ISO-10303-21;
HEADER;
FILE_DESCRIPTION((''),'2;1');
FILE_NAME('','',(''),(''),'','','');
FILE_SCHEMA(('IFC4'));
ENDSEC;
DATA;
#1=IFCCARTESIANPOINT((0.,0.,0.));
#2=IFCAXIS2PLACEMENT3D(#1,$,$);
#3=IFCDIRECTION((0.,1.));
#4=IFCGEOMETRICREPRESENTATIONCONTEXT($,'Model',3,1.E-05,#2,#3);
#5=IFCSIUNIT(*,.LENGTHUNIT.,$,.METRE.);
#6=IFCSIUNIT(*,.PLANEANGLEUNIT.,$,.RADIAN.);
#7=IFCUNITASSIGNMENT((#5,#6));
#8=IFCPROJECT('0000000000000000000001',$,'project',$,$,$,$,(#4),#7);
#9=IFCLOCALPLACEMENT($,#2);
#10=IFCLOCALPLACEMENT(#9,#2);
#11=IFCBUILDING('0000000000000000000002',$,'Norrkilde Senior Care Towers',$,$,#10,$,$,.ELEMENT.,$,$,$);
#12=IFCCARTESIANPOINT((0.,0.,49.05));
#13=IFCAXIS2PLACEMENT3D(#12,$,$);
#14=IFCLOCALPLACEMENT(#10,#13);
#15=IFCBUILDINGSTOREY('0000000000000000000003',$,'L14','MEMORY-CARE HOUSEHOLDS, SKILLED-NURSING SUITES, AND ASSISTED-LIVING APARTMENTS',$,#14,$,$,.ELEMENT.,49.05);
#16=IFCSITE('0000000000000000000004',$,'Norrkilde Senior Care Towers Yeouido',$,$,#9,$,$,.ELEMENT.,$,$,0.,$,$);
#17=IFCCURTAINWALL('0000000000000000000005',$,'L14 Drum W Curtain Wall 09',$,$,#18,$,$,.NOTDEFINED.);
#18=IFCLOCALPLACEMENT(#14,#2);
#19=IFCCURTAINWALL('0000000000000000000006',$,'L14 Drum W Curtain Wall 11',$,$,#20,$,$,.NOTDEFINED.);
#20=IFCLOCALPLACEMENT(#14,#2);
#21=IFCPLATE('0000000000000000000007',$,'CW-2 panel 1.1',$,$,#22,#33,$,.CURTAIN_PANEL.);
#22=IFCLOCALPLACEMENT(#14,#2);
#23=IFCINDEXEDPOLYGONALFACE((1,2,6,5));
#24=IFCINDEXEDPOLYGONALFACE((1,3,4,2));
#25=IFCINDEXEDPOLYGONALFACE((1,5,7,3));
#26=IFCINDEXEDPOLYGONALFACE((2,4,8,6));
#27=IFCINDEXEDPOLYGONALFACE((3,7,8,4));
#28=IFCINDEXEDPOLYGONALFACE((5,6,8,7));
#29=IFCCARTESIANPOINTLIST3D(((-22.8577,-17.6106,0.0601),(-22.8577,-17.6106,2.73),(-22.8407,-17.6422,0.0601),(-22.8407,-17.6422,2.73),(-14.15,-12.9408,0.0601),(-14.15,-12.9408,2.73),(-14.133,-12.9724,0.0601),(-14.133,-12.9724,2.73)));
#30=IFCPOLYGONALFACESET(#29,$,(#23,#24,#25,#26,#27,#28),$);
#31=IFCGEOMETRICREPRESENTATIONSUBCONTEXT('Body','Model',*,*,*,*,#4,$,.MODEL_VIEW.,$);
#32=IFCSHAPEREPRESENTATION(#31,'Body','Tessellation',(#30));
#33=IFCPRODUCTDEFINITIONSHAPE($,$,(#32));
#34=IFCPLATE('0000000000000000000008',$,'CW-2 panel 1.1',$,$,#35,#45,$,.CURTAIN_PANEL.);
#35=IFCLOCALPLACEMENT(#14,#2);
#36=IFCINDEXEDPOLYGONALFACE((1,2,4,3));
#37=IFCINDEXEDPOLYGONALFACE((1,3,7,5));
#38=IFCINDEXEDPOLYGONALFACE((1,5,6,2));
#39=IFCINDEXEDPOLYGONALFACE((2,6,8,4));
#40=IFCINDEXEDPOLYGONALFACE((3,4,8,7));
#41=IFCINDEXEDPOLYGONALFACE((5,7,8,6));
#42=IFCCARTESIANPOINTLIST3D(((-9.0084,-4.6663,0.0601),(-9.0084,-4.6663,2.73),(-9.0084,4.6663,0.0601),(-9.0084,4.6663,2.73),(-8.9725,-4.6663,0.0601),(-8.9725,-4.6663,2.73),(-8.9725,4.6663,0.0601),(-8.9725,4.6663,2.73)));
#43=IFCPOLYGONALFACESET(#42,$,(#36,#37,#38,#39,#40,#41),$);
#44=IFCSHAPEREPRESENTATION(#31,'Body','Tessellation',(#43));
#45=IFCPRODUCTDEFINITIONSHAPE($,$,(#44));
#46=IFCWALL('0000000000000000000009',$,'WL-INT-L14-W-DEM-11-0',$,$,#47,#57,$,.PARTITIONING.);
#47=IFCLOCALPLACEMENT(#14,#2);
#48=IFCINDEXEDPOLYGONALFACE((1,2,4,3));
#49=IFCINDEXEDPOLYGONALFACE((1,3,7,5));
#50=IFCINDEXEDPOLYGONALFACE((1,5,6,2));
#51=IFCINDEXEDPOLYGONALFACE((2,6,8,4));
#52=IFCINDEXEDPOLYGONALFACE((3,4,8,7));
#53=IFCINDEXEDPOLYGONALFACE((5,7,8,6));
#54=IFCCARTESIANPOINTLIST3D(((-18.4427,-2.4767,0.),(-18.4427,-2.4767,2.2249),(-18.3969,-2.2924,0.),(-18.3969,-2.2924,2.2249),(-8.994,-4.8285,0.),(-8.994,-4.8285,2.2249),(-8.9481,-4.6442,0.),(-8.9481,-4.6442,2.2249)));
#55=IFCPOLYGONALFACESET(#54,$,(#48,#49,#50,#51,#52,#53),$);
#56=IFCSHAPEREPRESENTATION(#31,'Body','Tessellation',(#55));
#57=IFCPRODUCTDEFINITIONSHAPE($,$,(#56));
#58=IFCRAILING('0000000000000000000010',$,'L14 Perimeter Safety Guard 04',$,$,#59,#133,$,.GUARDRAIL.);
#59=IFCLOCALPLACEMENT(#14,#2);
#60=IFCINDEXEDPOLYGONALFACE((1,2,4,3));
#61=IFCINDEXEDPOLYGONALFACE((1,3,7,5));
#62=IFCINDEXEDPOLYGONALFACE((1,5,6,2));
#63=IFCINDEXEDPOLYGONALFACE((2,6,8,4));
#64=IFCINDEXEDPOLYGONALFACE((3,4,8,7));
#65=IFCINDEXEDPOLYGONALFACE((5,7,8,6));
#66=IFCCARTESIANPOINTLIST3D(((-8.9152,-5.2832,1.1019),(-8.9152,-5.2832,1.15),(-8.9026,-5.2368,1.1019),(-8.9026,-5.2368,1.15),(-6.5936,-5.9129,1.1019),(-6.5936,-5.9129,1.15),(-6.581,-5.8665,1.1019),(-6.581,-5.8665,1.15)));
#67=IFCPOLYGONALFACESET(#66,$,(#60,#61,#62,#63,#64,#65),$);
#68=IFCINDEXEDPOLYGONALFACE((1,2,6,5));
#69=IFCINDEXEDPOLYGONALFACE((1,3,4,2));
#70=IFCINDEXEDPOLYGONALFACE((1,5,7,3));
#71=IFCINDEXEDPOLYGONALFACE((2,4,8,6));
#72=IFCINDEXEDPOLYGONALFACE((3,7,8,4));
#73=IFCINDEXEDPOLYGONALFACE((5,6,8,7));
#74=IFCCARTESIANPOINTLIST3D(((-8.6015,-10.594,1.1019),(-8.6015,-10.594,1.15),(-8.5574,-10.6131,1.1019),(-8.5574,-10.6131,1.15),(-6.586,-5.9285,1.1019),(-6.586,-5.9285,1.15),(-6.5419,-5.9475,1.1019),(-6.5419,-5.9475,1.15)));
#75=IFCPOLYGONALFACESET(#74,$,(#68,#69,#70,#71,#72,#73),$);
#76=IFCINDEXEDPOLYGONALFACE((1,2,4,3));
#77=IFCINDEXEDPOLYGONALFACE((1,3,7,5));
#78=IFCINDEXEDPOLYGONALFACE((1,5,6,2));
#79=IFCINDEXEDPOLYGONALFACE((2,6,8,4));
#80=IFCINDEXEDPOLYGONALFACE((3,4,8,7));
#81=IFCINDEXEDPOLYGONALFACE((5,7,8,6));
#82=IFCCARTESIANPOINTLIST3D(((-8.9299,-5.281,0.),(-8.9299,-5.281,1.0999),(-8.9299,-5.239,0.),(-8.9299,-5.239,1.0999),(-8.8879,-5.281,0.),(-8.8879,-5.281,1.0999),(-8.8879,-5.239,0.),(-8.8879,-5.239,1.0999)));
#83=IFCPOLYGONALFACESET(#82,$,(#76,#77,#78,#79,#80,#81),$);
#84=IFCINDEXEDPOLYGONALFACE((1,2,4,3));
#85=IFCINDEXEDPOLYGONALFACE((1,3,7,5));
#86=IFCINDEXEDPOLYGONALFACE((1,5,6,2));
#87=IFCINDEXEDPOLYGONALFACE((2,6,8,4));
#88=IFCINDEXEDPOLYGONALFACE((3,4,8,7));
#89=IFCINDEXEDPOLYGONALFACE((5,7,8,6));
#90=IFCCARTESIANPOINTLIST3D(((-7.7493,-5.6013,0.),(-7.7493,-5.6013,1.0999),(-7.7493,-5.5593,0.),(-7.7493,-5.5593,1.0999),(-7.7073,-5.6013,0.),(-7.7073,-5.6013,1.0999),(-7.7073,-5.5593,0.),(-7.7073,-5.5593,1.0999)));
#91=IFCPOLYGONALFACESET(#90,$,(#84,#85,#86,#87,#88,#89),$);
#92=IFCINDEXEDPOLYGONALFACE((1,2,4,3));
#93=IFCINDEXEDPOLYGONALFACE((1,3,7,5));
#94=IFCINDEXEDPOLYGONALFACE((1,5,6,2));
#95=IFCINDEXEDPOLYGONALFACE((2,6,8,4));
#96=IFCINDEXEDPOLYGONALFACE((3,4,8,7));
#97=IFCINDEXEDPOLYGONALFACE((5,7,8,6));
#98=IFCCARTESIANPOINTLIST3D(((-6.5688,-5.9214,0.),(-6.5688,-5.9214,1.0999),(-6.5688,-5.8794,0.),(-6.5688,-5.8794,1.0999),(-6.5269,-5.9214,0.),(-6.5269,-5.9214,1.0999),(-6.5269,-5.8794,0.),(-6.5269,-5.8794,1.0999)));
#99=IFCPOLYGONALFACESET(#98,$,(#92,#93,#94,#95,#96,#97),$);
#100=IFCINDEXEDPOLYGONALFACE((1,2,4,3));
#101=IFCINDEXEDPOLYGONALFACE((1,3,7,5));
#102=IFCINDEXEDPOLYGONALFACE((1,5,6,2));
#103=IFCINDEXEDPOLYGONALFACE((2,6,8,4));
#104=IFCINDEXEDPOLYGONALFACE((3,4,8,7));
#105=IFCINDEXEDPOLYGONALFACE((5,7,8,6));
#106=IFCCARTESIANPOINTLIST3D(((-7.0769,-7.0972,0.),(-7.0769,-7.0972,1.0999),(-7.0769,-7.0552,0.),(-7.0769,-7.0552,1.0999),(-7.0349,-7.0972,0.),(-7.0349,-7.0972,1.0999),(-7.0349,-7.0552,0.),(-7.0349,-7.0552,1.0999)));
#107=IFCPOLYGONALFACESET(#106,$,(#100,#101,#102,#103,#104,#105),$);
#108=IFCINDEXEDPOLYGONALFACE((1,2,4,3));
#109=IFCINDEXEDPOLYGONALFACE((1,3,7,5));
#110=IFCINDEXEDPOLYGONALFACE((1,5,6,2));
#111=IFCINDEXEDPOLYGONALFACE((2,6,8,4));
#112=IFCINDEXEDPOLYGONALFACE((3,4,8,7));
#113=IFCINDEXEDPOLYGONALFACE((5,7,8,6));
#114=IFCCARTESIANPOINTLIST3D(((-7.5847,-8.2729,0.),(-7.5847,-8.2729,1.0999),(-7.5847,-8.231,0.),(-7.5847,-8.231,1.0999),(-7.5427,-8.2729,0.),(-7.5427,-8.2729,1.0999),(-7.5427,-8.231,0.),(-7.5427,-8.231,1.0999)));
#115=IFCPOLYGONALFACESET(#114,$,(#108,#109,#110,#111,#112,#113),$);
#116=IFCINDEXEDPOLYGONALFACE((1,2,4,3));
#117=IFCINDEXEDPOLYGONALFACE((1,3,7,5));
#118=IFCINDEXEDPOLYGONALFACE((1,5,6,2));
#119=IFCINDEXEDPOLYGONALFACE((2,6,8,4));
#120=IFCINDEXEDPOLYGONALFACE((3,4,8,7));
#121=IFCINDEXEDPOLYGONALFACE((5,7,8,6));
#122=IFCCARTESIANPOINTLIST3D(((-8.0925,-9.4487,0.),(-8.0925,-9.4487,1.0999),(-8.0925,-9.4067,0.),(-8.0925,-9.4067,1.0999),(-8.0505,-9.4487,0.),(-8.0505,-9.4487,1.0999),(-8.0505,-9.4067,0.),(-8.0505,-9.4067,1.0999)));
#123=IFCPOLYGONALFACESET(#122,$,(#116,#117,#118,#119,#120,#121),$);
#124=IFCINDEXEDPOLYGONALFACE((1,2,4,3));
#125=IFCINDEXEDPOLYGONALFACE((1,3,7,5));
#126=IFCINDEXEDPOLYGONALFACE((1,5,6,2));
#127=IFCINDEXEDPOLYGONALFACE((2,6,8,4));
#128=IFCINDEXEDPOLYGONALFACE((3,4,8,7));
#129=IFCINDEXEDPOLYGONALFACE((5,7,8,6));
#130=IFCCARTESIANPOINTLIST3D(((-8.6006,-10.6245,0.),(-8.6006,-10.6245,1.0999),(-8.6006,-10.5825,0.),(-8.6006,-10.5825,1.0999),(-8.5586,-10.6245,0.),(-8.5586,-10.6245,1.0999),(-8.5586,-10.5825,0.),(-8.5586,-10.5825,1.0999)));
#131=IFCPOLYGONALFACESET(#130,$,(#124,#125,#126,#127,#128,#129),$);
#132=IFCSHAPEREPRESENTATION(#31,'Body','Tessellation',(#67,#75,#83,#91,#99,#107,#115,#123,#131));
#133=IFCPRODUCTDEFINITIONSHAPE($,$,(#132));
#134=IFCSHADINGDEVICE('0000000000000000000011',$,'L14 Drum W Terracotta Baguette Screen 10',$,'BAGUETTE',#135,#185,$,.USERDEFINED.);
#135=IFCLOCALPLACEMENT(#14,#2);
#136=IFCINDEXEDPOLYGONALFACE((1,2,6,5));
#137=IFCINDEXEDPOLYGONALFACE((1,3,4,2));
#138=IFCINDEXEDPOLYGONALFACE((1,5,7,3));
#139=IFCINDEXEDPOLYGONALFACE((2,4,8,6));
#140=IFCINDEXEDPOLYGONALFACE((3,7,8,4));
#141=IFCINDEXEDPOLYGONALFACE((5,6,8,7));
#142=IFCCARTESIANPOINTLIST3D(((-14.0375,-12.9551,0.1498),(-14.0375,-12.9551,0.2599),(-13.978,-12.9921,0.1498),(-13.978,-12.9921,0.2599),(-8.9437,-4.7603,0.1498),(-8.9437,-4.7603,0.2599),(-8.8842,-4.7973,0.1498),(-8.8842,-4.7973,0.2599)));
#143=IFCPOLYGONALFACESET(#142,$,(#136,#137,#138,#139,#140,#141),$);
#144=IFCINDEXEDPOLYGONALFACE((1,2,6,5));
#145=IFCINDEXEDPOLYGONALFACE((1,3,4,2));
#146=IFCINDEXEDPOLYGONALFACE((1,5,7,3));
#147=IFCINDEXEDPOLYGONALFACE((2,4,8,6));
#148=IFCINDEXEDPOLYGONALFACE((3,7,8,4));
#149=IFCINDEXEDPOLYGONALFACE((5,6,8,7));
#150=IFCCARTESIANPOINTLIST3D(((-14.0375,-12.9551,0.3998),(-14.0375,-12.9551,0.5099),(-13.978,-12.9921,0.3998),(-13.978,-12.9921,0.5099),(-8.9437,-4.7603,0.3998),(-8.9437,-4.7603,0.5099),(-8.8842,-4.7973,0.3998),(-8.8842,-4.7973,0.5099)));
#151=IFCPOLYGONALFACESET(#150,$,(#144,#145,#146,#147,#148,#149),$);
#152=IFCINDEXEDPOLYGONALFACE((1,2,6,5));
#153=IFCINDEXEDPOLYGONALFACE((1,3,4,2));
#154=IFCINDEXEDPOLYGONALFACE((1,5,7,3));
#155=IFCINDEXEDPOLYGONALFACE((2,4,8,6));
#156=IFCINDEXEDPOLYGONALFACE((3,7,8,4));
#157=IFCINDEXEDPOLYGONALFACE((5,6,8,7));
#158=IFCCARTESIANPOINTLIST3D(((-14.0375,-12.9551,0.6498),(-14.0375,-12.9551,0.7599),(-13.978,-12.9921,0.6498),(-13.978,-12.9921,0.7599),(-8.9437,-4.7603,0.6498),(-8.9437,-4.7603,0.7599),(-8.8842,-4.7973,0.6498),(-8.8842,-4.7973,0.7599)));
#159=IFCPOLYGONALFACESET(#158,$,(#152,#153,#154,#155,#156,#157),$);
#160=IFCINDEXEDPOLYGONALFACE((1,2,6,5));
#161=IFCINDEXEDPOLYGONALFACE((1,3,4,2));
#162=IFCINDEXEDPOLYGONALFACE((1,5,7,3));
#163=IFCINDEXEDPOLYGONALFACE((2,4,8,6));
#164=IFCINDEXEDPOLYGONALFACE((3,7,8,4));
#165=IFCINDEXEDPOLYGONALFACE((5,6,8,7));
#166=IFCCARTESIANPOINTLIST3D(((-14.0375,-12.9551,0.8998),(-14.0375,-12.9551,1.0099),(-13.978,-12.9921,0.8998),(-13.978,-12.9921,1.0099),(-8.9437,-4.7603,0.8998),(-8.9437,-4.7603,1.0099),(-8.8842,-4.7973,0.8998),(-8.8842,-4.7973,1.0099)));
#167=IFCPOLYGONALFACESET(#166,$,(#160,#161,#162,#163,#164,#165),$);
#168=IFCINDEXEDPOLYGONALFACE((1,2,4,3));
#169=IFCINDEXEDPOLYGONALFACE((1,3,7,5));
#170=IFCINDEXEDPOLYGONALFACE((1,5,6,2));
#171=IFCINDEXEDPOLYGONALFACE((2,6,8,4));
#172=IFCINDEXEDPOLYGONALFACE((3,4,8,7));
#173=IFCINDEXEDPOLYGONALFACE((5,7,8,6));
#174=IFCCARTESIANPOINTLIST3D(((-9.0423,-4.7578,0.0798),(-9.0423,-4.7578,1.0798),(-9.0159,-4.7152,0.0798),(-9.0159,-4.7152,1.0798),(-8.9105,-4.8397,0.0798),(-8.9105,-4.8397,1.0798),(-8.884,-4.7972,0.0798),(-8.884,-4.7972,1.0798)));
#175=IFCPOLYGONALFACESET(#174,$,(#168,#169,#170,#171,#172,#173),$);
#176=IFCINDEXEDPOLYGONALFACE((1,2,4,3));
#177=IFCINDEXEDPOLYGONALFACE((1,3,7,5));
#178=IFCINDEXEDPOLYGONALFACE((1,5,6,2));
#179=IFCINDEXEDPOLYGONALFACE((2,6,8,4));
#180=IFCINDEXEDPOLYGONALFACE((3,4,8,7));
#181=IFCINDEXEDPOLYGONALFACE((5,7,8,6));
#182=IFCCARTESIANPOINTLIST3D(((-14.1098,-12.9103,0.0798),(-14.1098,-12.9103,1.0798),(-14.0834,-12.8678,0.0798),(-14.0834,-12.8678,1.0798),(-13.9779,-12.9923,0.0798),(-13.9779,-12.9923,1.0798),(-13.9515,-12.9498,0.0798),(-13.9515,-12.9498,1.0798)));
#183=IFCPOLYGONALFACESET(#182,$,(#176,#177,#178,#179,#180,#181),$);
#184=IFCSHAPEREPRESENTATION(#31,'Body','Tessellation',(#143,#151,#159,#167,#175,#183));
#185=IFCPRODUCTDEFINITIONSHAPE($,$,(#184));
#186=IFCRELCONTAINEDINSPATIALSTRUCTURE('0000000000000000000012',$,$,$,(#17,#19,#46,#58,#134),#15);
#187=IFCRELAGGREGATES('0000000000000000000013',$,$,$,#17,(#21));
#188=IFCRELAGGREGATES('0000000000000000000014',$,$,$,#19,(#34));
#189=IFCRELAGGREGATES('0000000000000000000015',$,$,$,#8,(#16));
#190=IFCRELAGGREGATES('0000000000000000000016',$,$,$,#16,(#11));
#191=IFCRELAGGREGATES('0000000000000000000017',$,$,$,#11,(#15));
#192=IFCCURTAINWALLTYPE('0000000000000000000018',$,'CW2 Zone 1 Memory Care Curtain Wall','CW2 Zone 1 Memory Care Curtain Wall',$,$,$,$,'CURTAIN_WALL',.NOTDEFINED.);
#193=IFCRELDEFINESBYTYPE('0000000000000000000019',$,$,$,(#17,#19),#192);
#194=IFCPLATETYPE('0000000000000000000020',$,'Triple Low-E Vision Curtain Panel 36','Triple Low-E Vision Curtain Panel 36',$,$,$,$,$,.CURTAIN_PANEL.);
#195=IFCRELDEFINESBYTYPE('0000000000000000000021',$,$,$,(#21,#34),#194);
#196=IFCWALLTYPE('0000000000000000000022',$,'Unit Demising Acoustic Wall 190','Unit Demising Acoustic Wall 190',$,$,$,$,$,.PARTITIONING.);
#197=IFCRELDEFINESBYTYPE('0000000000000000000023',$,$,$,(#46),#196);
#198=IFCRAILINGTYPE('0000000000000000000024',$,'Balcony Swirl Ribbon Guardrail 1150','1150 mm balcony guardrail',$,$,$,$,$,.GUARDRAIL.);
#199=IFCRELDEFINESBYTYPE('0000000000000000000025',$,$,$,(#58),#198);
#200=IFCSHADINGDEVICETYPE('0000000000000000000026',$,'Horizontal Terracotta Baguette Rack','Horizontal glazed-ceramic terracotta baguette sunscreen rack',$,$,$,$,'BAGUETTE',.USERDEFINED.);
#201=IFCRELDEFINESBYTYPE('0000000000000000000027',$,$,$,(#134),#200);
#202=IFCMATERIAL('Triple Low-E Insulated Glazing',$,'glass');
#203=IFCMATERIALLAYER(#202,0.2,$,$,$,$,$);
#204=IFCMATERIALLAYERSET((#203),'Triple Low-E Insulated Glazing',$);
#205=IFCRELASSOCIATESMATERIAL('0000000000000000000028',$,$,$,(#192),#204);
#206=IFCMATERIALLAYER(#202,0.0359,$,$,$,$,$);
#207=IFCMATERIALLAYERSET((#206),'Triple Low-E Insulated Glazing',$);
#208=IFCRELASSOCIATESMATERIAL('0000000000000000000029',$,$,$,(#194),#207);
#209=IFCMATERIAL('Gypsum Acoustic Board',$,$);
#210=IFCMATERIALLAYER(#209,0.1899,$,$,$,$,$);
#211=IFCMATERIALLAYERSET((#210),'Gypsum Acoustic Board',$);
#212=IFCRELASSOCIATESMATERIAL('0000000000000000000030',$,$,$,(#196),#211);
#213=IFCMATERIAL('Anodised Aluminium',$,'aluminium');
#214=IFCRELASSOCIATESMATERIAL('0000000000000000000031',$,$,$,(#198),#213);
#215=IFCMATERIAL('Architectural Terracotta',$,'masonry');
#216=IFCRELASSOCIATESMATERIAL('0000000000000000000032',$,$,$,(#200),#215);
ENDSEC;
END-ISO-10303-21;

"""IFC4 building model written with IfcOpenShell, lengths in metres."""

from ifc_helpers import new_model, si_unit, direction, frame, frame_2d, origin, origin_2d, place, context, subcontext, project, spatial, rectangle, extrude, source, transform, mapped, material, layer, layer_set, type_object, type_shapes, element, aggregate, save


model = new_model("IFC4")

# Units and contexts
model_context = context("Model", 3, precision=1e-05, world=origin(), true_north=direction((0.0, 1.0)))
body_context = subcontext(model_context, "Body", "Model", "MODEL_VIEW")
ifc_project = project(units=[si_unit("LENGTHUNIT", "METRE"), si_unit("PLANEANGLEUNIT", "RADIAN")], contexts=[model_context])

# Site, building, storey
site_placement = place(None, origin())
site = spatial("IfcSite", under=ifc_project, at=site_placement, Name="Norrkilde Senior Care Towers Yeouido", CompositionType="ELEMENT", RefElevation=0.0)
building_placement = place(site_placement, origin())
building = spatial("IfcBuilding", under=site, at=building_placement, Name="Norrkilde Senior Care Towers", CompositionType="ELEMENT")
storey_placement = place(building_placement, frame((0.0, 0.0, 49.05)))
storey = spatial("IfcBuildingStorey", under=building, at=storey_placement, Name="L14", Description="MEMORY-CARE HOUSEHOLDS, SKILLED-NURSING SUITES, AND ASSISTED-LIVING APARTMENTS", CompositionType="ELEMENT", Elevation=49.05)

# Curtain wall
ifc_material_1 = material(Name="Triple Low-E Insulated Glazing", Category="glass")
ifc_layer_1 = layer(ifc_material_1, 0.2)
ifc_layer_set_1 = layer_set([ifc_layer_1], Name="Triple Low-E Insulated Glazing")
curtain_wall_type = type_object("IfcCurtainWallType", Name="CW2 Zone 1 Memory Care Curtain Wall", Description="CW2 Zone 1 Memory Care Curtain Wall", ElementType="CURTAIN_WALL", PredefinedType="NOTDEFINED", material=ifc_layer_set_1)
curtain_wall_1_placement = place(storey_placement, origin())
curtain_wall_1 = element("IfcCurtainWall", 1, at=curtain_wall_1_placement, inside=storey, type_object=curtain_wall_type, Name="L14 Drum W Curtain Wall 09", PredefinedType="NOTDEFINED")
ifc_material_2 = material(Name="Anodised Aluminium", Category="aluminium")

# Curtain wall
curtain_wall_2_placement = place(storey_placement, origin())
curtain_wall_2 = element("IfcCurtainWall", 2, at=curtain_wall_2_placement, inside=storey, type_object=curtain_wall_type, Name="L14 Drum W Curtain Wall 11", PredefinedType="NOTDEFINED")

# Plates
ifc_layer_2 = layer(ifc_material_1, 0.0359)
ifc_layer_set_2 = layer_set([ifc_layer_2], Name="Triple Low-E Insulated Glazing")
plate_type = type_object("IfcPlateType", Name="Triple Low-E Vision Curtain Panel 36", Description="Triple Low-E Vision Curtain Panel 36", PredefinedType="CURTAIN_PANEL", material=ifc_layer_set_2)
shared_shape_1 = source(origin(), body_context, "Body", "SweptSolid", [
    extrude(rectangle(XDim=9.8809, YDim=0.0359, at=origin_2d()), origin(), (0.0, 0.0, 1.0), 2.6699),
])
plate_1_placement = place(storey_placement, frame((-18.4954, -15.2915, 0.0601), z_axis=(0.0, 0.0, 1.0), x_axis=(-0.881273, -0.472608, 0.0)))
plate_1 = element("IfcPlate", 3, at=plate_1_placement, type_object=plate_type, Name="CW-2 panel 1.1", PredefinedType="CURTAIN_PANEL", context=body_context, shape_type="MappedRepresentation", body=[
    mapped(shared_shape_1, transform((0.0, 0.0, 0.0), x_axis=(1.0, 0.0, 0.0), y_axis=(0.0, 1.0, 0.0), z_axis=(0.0, 0.0, 1.0), scale=1.0)),
])
aggregate(curtain_wall_1, [plate_1])
shared_shape_2 = source(origin(), body_context, "Body", "SweptSolid", [
    extrude(rectangle(XDim=9.3325, YDim=0.0359, at=origin_2d()), origin(), (0.0, 0.0, 1.0), 2.6699),
])
plate_2_placement = place(storey_placement, frame((-8.9905, 0.0, 0.0601), z_axis=(0.0, 0.0, 1.0), x_axis=(0.0, -1.0, 0.0)))
plate_2 = element("IfcPlate", 4, at=plate_2_placement, type_object=plate_type, Name="CW-2 panel 1.1", PredefinedType="CURTAIN_PANEL", context=body_context, shape_type="MappedRepresentation", body=[
    mapped(shared_shape_2, transform((0.0, 0.0, 0.0), x_axis=(1.0, 0.0, 0.0), y_axis=(0.0, 1.0, 0.0), z_axis=(0.0, 0.0, 1.0), scale=1.0)),
])
aggregate(curtain_wall_2, [plate_2])

# Wall
ifc_material_3 = material(Name="Gypsum Acoustic Board")
ifc_layer_3 = layer(ifc_material_3, 0.1899)
ifc_layer_set_3 = layer_set([ifc_layer_3], Name="Gypsum Acoustic Board")
wall_type = type_object("IfcWallType", Name="Unit Demising Acoustic Wall 190", Description="Unit Demising Acoustic Wall 190", PredefinedType="PARTITIONING", material=ifc_layer_set_3)
shared_shape_3 = source(origin(), body_context, "Body", "SweptSolid", [
    extrude(rectangle(XDim=9.7371, YDim=0.1899, at=frame_2d((4.8687, 0.0))), origin(), (0.0, 0.0, 1.0), 2.2249),
])
type_shapes(wall_type, [shared_shape_3])
wall_placement = place(storey_placement, frame((-18.4199, -2.3845, 0.0), z_axis=(0.0, 0.0, 1.0), x_axis=(0.970393, -0.241533, 0.0)))
element("IfcWall", 5, at=wall_placement, inside=storey, type_object=wall_type, Name="WL-INT-L14-W-DEM-11-0", PredefinedType="PARTITIONING", context=body_context, shape_type="MappedRepresentation", body=[
    mapped(shared_shape_3, transform((0.0, 0.0, 0.0), x_axis=(1.0, 0.0, 0.0), y_axis=(0.0, 1.0, 0.0), z_axis=(0.0, 0.0, 1.0), scale=1.0)),
])

# Railing
railing_type = type_object("IfcRailingType", Name="Balcony Swirl Ribbon Guardrail 1150", Description="1150 mm balcony guardrail", PredefinedType="GUARDRAIL", material=ifc_material_2)
railing_1_placement = place(storey_placement, frame((-8.9089, -5.26, 0.0)))
element("IfcRailing", 6, at=railing_1_placement, inside=storey, type_object=railing_type, Name="L14 Perimeter Safety Guard 04", PredefinedType="GUARDRAIL", context=body_context, shape_type="SweptSolid", body=[
    extrude(rectangle(XDim=0.0481, YDim=0.0481, at=origin_2d()), frame((0.0, 0.0, 1.126), z_axis=(0.965131, -0.261766, 0.0), x_axis=(0.261766, 0.965131, 0.0)), (0.0, 0.0, 1.0), 2.4055),
    extrude(rectangle(XDim=0.0481, YDim=0.0481, at=origin_2d()), frame((2.345, -0.678, 1.126), z_axis=(-0.396575, -0.918002, 0.0), x_axis=(0.918002, -0.396575, 0.0)), (0.0, 0.0, 1.0), 5.0823),
    extrude(rectangle(XDim=0.042, YDim=0.042, at=origin_2d()), origin(), (0.0, 0.0, 1.0), 1.0999),
    extrude(rectangle(XDim=0.042, YDim=0.042, at=origin_2d()), frame((1.1807, -0.3203, 0.0)), (0.0, 0.0, 1.0), 1.0999),
    extrude(rectangle(XDim=0.042, YDim=0.042, at=origin_2d()), frame((2.3611, -0.6404, 0.0)), (0.0, 0.0, 1.0), 1.0999),
    extrude(rectangle(XDim=0.042, YDim=0.042, at=origin_2d()), frame((1.853, -1.8162, 0.0)), (0.0, 0.0, 1.0), 1.0999),
    extrude(rectangle(XDim=0.042, YDim=0.042, at=origin_2d()), frame((1.3452, -2.9919, 0.0)), (0.0, 0.0, 1.0), 1.0999),
    extrude(rectangle(XDim=0.042, YDim=0.042, at=origin_2d()), frame((0.8374, -4.1677, 0.0)), (0.0, 0.0, 1.0), 1.0999),
    extrude(rectangle(XDim=0.042, YDim=0.042, at=origin_2d()), frame((0.3293, -5.3435, 0.0)), (0.0, 0.0, 1.0), 1.0999),
])

# Shading device
ifc_material_4 = material(Name="Architectural Terracotta", Category="masonry")
shading_device_type = type_object("IfcShadingDeviceType", Name="Horizontal Terracotta Baguette Rack", Description="Horizontal glazed-ceramic terracotta baguette sunscreen rack", ElementType="BAGUETTE", PredefinedType="USERDEFINED", material=ifc_material_4)
shared_shape_4 = source(origin(), body_context, "Body", "SweptSolid", [
    extrude(rectangle(XDim=0.0701, YDim=0.1101, at=origin_2d()), frame((0.0, 0.0901, 0.125), z_axis=(1.0, 0.0, 0.0), x_axis=(0.0, 1.0, 0.0)), (0.0, 0.0, 1.0), 9.6489),
    extrude(rectangle(XDim=0.0701, YDim=0.1101, at=origin_2d()), frame((0.0, 0.0901, 0.375), z_axis=(1.0, 0.0, 0.0), x_axis=(0.0, 1.0, 0.0)), (0.0, 0.0, 1.0), 9.6489),
    extrude(rectangle(XDim=0.0701, YDim=0.1101, at=origin_2d()), frame((0.0, 0.0901, 0.625), z_axis=(1.0, 0.0, 0.0), x_axis=(0.0, 1.0, 0.0)), (0.0, 0.0, 1.0), 9.6489),
    extrude(rectangle(XDim=0.0701, YDim=0.1101, at=origin_2d()), frame((0.0, 0.0901, 0.875), z_axis=(1.0, 0.0, 0.0), x_axis=(0.0, 1.0, 0.0)), (0.0, 0.0, 1.0), 9.6489),
    extrude(rectangle(XDim=0.05, YDim=0.1553, at=origin_2d()), frame((0.0249, 0.0476, 0.0)), (0.0, 0.0, 1.0), 1.0),
    extrude(rectangle(XDim=0.05, YDim=0.1553, at=origin_2d()), frame((9.624, 0.0476, 0.0)), (0.0, 0.0, 1.0), 1.0),
])
type_shapes(shading_device_type, [shared_shape_4])
shading_device_placement = place(storey_placement, frame((-8.9905, -4.7312, 0.0798), z_axis=(0.0, 0.0, 1.0), x_axis=(-0.527909, -0.849299, 0.0)))
element("IfcShadingDevice", 7, at=shading_device_placement, inside=storey, type_object=shading_device_type, Name="L14 Drum W Terracotta Baguette Screen 10", ObjectType="BAGUETTE", PredefinedType="USERDEFINED", context=body_context, shape_type="MappedRepresentation", body=[
    mapped(shared_shape_4, transform((0.0, 0.0, 0.0), x_axis=(1.0, 0.0, 0.0), y_axis=(0.0, 1.0, 0.0), z_axis=(0.0, 0.0, 1.0), scale=1.0)),
])

save(model, "model.ifc")
